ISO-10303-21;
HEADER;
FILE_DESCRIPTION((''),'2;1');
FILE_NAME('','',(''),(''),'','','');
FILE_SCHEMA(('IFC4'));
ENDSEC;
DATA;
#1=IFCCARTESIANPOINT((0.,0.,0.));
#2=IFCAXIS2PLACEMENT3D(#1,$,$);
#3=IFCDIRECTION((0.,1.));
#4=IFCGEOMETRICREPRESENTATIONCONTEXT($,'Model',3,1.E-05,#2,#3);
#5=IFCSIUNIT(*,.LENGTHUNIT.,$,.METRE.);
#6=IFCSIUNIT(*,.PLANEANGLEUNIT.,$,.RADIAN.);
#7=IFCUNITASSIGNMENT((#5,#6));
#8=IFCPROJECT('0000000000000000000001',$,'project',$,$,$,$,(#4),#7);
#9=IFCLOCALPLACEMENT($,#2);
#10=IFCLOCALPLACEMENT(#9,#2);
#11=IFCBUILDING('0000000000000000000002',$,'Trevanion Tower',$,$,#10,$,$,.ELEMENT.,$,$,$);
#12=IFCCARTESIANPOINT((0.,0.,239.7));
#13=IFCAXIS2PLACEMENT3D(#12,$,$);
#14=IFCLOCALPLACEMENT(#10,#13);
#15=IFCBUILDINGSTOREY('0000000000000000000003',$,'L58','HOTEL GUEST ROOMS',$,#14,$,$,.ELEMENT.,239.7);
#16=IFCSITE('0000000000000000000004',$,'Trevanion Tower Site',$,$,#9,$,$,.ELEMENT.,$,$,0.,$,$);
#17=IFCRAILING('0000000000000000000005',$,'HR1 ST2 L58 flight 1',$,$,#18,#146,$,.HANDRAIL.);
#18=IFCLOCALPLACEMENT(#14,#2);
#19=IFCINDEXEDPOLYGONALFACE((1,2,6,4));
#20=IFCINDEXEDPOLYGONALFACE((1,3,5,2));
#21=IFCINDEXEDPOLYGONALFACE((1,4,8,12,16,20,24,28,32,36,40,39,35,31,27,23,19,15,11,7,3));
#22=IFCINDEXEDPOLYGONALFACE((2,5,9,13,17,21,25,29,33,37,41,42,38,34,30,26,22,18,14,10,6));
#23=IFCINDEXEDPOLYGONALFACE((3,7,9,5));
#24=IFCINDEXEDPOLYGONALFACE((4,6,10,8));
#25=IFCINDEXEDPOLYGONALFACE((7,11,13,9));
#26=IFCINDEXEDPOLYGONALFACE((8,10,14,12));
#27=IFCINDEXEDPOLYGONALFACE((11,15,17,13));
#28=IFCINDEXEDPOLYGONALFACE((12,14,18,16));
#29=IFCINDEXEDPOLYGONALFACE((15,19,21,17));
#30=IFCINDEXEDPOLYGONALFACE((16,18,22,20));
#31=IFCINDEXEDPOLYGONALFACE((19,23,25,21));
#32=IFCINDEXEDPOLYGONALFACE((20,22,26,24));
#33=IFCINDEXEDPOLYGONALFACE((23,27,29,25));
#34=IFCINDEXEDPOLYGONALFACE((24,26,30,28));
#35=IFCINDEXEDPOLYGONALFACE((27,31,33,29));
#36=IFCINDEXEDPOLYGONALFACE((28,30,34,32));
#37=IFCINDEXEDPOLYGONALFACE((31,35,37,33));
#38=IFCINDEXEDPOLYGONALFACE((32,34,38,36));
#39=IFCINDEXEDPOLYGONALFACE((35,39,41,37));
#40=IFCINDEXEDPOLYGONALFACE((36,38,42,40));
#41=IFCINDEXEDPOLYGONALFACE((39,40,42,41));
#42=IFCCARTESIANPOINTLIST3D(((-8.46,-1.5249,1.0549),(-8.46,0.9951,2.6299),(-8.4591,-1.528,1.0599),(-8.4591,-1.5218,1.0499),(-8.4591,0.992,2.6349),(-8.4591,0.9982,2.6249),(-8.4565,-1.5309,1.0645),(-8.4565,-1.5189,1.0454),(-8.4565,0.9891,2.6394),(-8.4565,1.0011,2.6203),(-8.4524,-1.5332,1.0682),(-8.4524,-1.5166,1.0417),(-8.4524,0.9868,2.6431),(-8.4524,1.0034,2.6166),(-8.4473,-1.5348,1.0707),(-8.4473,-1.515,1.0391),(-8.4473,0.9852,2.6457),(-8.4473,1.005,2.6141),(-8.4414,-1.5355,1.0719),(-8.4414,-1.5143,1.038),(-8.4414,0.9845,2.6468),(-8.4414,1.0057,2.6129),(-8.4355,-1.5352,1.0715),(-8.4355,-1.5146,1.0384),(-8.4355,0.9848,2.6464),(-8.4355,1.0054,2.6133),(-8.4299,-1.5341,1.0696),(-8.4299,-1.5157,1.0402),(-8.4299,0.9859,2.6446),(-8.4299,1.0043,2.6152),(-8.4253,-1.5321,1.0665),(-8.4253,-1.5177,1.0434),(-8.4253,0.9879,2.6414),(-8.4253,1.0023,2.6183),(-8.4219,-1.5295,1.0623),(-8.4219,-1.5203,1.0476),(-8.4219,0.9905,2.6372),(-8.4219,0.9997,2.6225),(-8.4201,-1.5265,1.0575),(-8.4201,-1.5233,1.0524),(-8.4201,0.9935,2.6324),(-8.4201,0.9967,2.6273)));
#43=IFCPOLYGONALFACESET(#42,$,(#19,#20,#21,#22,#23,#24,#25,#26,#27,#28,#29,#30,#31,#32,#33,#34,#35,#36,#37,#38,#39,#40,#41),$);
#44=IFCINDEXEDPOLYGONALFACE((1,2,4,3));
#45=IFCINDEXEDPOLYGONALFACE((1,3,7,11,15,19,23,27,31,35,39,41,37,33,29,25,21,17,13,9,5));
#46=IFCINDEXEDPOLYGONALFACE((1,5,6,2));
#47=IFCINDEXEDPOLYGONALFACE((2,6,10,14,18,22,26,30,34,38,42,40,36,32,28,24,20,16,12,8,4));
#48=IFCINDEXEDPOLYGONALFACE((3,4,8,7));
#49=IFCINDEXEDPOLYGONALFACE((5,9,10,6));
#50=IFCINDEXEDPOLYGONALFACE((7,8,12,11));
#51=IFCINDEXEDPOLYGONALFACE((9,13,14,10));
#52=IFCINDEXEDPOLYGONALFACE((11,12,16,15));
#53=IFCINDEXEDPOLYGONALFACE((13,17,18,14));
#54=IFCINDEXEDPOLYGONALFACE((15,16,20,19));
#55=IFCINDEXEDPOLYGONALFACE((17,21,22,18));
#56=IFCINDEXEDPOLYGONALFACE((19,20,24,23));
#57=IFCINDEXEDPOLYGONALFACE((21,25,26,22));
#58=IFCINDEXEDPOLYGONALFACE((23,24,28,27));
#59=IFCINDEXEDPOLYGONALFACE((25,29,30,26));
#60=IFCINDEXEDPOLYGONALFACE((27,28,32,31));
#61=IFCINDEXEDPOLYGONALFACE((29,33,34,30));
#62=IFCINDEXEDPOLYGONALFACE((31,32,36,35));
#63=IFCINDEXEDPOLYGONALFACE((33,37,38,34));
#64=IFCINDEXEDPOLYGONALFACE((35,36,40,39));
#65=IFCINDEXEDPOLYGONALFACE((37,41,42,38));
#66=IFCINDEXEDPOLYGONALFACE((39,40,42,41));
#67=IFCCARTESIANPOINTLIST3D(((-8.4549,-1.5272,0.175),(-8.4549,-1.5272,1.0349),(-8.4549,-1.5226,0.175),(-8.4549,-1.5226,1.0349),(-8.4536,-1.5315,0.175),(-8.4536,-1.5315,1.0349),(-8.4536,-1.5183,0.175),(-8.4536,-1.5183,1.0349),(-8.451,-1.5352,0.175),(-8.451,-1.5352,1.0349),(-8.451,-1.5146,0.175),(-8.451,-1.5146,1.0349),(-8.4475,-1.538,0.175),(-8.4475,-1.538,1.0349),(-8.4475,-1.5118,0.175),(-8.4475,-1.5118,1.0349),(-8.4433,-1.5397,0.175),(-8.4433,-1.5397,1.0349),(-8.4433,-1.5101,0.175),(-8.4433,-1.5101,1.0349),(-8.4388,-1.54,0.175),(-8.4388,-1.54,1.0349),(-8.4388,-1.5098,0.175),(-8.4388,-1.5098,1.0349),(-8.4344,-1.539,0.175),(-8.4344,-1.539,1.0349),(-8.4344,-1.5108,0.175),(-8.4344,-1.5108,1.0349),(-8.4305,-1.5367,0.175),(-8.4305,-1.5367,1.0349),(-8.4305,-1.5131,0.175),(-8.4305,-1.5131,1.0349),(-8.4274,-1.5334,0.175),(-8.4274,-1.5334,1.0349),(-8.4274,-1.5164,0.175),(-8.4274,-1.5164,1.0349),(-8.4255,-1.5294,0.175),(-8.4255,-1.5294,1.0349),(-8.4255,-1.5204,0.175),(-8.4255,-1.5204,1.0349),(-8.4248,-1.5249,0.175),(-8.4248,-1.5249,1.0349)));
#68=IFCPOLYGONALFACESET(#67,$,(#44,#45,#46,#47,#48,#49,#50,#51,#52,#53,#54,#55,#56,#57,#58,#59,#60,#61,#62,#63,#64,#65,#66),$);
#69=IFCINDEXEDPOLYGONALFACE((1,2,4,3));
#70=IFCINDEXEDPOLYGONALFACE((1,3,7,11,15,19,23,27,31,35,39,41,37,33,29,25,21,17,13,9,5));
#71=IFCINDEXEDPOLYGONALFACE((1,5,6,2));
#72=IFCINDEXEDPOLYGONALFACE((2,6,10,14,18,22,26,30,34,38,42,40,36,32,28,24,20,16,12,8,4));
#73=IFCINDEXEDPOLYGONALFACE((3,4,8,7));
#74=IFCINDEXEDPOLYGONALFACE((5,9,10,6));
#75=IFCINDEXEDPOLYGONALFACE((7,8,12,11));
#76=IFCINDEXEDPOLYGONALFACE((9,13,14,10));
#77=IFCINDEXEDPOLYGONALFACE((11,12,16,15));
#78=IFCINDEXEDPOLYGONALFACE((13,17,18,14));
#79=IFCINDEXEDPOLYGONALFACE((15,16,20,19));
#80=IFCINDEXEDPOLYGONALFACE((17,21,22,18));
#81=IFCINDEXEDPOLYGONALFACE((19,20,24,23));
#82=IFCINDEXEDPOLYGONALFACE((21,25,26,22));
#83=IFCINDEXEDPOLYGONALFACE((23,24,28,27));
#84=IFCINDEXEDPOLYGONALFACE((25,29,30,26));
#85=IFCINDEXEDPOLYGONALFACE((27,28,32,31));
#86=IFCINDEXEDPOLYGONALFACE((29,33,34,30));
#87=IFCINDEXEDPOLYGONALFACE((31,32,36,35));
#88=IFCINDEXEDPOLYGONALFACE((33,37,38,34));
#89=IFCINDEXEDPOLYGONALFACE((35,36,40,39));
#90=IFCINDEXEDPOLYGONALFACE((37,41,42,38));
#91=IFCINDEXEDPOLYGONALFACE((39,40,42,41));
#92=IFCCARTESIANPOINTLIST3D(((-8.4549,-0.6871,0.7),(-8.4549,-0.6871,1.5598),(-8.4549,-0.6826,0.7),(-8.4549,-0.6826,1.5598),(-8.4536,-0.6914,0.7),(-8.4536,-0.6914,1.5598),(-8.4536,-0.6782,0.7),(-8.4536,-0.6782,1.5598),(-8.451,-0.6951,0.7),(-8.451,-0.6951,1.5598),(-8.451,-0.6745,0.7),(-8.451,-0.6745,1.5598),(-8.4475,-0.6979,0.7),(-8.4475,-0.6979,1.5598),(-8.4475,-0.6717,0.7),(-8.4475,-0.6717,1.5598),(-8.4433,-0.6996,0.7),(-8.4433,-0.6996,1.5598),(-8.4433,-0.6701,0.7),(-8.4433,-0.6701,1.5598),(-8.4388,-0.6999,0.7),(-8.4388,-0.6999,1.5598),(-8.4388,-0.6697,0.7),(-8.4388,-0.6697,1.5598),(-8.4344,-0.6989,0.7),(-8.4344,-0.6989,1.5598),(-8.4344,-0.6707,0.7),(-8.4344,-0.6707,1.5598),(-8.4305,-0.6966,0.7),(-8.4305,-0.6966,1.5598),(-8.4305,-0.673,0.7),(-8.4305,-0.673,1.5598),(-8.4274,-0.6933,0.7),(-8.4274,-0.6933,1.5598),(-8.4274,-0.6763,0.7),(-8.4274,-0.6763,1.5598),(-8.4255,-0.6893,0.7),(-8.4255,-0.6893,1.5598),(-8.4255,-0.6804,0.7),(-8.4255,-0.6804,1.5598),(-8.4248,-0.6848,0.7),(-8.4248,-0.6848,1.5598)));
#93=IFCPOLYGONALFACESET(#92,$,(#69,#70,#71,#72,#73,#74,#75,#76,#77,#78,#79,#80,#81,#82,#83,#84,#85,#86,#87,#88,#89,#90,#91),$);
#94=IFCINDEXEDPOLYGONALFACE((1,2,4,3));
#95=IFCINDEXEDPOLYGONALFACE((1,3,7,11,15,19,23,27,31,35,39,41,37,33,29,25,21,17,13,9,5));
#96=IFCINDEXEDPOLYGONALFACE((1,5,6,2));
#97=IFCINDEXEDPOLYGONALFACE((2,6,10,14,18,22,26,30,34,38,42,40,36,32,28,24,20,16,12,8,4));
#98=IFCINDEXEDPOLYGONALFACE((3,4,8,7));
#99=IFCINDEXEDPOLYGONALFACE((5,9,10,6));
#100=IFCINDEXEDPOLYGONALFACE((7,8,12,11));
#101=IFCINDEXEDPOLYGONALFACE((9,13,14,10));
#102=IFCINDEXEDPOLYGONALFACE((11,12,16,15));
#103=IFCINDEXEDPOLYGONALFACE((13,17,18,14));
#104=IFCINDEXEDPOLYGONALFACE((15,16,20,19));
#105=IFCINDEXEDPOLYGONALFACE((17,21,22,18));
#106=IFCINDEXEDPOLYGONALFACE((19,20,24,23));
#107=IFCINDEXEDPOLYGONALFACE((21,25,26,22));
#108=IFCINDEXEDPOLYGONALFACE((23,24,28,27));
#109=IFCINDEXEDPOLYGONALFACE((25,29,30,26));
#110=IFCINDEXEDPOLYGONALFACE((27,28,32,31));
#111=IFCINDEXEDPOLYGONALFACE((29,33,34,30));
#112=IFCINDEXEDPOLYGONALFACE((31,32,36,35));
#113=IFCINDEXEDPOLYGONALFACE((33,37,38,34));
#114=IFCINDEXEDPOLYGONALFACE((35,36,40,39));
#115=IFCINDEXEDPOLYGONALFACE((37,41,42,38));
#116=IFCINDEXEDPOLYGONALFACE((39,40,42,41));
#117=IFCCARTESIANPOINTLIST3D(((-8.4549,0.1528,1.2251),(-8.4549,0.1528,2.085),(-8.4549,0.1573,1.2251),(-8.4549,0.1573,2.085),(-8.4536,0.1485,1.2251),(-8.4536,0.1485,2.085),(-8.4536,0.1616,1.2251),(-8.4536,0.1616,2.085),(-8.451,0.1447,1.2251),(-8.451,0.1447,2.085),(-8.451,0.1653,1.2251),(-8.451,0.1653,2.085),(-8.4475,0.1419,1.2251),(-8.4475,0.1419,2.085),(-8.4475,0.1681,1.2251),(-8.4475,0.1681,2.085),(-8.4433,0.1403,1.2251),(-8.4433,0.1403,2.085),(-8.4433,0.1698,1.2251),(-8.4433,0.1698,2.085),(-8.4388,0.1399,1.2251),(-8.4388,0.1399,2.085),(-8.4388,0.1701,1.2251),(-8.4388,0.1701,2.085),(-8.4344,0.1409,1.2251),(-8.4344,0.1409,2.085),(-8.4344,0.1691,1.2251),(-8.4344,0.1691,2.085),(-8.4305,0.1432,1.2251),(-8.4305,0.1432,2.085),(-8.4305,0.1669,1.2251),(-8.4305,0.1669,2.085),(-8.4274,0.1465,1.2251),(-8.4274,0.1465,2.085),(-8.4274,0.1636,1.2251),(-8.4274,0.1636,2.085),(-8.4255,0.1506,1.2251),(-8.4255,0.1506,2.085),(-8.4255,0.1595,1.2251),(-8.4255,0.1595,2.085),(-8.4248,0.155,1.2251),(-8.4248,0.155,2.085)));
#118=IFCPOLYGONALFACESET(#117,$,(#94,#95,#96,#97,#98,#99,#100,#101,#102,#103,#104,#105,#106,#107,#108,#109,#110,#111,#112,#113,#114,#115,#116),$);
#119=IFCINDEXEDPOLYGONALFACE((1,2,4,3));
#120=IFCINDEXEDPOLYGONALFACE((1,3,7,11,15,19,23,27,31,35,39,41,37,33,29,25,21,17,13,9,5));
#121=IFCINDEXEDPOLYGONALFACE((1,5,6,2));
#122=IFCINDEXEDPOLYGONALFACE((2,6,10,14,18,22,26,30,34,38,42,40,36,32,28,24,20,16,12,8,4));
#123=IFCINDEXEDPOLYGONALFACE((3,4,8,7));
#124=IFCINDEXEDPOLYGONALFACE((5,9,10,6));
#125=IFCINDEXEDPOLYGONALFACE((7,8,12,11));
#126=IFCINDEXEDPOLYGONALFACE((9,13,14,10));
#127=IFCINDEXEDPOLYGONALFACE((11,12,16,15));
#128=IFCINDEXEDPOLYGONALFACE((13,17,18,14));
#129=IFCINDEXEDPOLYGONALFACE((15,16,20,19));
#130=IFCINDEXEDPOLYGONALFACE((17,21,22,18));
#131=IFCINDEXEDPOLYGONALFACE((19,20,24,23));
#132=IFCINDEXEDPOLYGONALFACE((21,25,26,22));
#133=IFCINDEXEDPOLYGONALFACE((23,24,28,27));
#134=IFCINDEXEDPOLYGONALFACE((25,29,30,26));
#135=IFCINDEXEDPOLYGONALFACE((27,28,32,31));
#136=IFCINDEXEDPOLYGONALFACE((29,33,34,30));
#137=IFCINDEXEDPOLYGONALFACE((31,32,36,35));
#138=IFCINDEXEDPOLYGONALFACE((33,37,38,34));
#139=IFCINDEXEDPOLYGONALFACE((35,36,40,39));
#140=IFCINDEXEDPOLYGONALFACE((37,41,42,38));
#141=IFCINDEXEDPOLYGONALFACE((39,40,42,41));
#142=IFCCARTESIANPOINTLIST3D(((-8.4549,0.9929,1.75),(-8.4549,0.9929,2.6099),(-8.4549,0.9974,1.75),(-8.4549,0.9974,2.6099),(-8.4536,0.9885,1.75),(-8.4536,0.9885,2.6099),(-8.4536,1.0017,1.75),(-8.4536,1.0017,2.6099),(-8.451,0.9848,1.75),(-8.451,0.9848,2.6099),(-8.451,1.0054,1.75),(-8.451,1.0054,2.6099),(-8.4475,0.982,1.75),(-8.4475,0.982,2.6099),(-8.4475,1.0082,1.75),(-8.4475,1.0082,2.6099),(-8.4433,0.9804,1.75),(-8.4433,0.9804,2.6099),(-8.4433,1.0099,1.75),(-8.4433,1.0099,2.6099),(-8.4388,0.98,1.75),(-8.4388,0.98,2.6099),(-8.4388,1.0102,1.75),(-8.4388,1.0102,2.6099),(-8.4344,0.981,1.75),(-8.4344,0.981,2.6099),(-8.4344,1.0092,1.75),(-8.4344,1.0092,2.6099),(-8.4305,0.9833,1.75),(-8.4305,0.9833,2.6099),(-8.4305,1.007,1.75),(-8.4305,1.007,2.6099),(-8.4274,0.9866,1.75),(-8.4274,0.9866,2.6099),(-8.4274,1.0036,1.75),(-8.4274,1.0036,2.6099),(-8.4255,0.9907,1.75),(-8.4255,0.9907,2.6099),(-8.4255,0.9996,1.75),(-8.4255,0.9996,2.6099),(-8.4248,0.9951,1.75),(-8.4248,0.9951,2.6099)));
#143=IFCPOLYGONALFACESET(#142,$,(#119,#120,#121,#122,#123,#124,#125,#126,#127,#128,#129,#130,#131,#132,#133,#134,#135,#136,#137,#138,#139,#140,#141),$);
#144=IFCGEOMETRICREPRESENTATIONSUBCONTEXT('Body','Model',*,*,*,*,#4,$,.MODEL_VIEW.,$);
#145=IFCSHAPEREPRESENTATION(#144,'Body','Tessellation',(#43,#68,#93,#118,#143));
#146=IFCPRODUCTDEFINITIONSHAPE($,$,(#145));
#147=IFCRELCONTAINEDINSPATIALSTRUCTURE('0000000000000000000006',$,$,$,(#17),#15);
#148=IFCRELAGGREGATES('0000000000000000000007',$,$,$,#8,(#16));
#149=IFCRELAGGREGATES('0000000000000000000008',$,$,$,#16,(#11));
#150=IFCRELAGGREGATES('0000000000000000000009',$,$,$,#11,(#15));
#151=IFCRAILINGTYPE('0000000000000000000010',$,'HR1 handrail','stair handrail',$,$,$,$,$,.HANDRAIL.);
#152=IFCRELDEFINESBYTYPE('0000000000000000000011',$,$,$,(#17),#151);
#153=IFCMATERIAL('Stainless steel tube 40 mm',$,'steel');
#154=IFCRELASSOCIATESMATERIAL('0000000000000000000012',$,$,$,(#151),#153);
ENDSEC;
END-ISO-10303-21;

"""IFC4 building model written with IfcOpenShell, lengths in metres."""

from ifc_helpers import new_model, si_unit, direction, frame, origin, origin_2d, place, context, subcontext, project, spatial, circle, extrude, material, type_object, element, save


model = new_model("IFC4")

# Units and contexts
model_context = context("Model", 3, precision=1e-05, world=origin(), true_north=direction((0.0, 1.0)))
body_context = subcontext(model_context, "Body", "Model", "MODEL_VIEW")
ifc_project = project(units=[si_unit("LENGTHUNIT", "METRE"), si_unit("PLANEANGLEUNIT", "RADIAN")], contexts=[model_context])

# Site, building, storey
site_placement = place(None, origin())
site = spatial("IfcSite", under=ifc_project, at=site_placement, Name="Trevanion Tower Site", CompositionType="ELEMENT", RefElevation=0.0)
building_placement = place(site_placement, origin())
building = spatial("IfcBuilding", under=site, at=building_placement, Name="Trevanion Tower", CompositionType="ELEMENT")
storey_placement = place(building_placement, frame((0.0, 0.0, 239.7)))
storey = spatial("IfcBuildingStorey", under=building, at=storey_placement, Name="L58", Description="HOTEL GUEST ROOMS", CompositionType="ELEMENT", Elevation=239.7)

# Railing
ifc_material_1 = material(Name="Stainless steel tube 40 mm", Category="steel")
railing_type = type_object("IfcRailingType", Name="HR1 handrail", Description="stair handrail", PredefinedType="HANDRAIL", material=ifc_material_1)
for number, where, name in (
    (1, (-8.4399, -1.5249, 0.175), "HR1 ST2 L58 flight 1"),
):
    element("IfcRailing", number, at=place(storey_placement, frame(where)), inside=storey, type_object=railing_type, Name=name, PredefinedType="HANDRAIL", context=body_context, shape_type="SweptSolid", body=[
        extrude(circle(Radius=0.02, at=origin_2d()), frame((0.0, 0.0, 0.8799), z_axis=(0.0, 0.848008, 0.529984), x_axis=(-1.0, 0.0, 0.0)), (0.0, 0.0, 1.0), 2.9717),
        extrude(circle(Radius=0.0151, at=origin_2d()), origin(), (0.0, 0.0, 1.0), 0.8599),
        extrude(circle(Radius=0.0151, at=origin_2d()), frame((0.0, 0.8401, 0.5249)), (0.0, 0.0, 1.0), 0.8599),
        extrude(circle(Radius=0.0151, at=origin_2d()), frame((0.0, 1.6799, 1.05)), (0.0, 0.0, 1.0), 0.8599),
        extrude(circle(Radius=0.0151, at=origin_2d()), frame((0.0, 2.52, 1.575)), (0.0, 0.0, 1.0), 0.8599),
    ])

save(model, "model.ifc")
